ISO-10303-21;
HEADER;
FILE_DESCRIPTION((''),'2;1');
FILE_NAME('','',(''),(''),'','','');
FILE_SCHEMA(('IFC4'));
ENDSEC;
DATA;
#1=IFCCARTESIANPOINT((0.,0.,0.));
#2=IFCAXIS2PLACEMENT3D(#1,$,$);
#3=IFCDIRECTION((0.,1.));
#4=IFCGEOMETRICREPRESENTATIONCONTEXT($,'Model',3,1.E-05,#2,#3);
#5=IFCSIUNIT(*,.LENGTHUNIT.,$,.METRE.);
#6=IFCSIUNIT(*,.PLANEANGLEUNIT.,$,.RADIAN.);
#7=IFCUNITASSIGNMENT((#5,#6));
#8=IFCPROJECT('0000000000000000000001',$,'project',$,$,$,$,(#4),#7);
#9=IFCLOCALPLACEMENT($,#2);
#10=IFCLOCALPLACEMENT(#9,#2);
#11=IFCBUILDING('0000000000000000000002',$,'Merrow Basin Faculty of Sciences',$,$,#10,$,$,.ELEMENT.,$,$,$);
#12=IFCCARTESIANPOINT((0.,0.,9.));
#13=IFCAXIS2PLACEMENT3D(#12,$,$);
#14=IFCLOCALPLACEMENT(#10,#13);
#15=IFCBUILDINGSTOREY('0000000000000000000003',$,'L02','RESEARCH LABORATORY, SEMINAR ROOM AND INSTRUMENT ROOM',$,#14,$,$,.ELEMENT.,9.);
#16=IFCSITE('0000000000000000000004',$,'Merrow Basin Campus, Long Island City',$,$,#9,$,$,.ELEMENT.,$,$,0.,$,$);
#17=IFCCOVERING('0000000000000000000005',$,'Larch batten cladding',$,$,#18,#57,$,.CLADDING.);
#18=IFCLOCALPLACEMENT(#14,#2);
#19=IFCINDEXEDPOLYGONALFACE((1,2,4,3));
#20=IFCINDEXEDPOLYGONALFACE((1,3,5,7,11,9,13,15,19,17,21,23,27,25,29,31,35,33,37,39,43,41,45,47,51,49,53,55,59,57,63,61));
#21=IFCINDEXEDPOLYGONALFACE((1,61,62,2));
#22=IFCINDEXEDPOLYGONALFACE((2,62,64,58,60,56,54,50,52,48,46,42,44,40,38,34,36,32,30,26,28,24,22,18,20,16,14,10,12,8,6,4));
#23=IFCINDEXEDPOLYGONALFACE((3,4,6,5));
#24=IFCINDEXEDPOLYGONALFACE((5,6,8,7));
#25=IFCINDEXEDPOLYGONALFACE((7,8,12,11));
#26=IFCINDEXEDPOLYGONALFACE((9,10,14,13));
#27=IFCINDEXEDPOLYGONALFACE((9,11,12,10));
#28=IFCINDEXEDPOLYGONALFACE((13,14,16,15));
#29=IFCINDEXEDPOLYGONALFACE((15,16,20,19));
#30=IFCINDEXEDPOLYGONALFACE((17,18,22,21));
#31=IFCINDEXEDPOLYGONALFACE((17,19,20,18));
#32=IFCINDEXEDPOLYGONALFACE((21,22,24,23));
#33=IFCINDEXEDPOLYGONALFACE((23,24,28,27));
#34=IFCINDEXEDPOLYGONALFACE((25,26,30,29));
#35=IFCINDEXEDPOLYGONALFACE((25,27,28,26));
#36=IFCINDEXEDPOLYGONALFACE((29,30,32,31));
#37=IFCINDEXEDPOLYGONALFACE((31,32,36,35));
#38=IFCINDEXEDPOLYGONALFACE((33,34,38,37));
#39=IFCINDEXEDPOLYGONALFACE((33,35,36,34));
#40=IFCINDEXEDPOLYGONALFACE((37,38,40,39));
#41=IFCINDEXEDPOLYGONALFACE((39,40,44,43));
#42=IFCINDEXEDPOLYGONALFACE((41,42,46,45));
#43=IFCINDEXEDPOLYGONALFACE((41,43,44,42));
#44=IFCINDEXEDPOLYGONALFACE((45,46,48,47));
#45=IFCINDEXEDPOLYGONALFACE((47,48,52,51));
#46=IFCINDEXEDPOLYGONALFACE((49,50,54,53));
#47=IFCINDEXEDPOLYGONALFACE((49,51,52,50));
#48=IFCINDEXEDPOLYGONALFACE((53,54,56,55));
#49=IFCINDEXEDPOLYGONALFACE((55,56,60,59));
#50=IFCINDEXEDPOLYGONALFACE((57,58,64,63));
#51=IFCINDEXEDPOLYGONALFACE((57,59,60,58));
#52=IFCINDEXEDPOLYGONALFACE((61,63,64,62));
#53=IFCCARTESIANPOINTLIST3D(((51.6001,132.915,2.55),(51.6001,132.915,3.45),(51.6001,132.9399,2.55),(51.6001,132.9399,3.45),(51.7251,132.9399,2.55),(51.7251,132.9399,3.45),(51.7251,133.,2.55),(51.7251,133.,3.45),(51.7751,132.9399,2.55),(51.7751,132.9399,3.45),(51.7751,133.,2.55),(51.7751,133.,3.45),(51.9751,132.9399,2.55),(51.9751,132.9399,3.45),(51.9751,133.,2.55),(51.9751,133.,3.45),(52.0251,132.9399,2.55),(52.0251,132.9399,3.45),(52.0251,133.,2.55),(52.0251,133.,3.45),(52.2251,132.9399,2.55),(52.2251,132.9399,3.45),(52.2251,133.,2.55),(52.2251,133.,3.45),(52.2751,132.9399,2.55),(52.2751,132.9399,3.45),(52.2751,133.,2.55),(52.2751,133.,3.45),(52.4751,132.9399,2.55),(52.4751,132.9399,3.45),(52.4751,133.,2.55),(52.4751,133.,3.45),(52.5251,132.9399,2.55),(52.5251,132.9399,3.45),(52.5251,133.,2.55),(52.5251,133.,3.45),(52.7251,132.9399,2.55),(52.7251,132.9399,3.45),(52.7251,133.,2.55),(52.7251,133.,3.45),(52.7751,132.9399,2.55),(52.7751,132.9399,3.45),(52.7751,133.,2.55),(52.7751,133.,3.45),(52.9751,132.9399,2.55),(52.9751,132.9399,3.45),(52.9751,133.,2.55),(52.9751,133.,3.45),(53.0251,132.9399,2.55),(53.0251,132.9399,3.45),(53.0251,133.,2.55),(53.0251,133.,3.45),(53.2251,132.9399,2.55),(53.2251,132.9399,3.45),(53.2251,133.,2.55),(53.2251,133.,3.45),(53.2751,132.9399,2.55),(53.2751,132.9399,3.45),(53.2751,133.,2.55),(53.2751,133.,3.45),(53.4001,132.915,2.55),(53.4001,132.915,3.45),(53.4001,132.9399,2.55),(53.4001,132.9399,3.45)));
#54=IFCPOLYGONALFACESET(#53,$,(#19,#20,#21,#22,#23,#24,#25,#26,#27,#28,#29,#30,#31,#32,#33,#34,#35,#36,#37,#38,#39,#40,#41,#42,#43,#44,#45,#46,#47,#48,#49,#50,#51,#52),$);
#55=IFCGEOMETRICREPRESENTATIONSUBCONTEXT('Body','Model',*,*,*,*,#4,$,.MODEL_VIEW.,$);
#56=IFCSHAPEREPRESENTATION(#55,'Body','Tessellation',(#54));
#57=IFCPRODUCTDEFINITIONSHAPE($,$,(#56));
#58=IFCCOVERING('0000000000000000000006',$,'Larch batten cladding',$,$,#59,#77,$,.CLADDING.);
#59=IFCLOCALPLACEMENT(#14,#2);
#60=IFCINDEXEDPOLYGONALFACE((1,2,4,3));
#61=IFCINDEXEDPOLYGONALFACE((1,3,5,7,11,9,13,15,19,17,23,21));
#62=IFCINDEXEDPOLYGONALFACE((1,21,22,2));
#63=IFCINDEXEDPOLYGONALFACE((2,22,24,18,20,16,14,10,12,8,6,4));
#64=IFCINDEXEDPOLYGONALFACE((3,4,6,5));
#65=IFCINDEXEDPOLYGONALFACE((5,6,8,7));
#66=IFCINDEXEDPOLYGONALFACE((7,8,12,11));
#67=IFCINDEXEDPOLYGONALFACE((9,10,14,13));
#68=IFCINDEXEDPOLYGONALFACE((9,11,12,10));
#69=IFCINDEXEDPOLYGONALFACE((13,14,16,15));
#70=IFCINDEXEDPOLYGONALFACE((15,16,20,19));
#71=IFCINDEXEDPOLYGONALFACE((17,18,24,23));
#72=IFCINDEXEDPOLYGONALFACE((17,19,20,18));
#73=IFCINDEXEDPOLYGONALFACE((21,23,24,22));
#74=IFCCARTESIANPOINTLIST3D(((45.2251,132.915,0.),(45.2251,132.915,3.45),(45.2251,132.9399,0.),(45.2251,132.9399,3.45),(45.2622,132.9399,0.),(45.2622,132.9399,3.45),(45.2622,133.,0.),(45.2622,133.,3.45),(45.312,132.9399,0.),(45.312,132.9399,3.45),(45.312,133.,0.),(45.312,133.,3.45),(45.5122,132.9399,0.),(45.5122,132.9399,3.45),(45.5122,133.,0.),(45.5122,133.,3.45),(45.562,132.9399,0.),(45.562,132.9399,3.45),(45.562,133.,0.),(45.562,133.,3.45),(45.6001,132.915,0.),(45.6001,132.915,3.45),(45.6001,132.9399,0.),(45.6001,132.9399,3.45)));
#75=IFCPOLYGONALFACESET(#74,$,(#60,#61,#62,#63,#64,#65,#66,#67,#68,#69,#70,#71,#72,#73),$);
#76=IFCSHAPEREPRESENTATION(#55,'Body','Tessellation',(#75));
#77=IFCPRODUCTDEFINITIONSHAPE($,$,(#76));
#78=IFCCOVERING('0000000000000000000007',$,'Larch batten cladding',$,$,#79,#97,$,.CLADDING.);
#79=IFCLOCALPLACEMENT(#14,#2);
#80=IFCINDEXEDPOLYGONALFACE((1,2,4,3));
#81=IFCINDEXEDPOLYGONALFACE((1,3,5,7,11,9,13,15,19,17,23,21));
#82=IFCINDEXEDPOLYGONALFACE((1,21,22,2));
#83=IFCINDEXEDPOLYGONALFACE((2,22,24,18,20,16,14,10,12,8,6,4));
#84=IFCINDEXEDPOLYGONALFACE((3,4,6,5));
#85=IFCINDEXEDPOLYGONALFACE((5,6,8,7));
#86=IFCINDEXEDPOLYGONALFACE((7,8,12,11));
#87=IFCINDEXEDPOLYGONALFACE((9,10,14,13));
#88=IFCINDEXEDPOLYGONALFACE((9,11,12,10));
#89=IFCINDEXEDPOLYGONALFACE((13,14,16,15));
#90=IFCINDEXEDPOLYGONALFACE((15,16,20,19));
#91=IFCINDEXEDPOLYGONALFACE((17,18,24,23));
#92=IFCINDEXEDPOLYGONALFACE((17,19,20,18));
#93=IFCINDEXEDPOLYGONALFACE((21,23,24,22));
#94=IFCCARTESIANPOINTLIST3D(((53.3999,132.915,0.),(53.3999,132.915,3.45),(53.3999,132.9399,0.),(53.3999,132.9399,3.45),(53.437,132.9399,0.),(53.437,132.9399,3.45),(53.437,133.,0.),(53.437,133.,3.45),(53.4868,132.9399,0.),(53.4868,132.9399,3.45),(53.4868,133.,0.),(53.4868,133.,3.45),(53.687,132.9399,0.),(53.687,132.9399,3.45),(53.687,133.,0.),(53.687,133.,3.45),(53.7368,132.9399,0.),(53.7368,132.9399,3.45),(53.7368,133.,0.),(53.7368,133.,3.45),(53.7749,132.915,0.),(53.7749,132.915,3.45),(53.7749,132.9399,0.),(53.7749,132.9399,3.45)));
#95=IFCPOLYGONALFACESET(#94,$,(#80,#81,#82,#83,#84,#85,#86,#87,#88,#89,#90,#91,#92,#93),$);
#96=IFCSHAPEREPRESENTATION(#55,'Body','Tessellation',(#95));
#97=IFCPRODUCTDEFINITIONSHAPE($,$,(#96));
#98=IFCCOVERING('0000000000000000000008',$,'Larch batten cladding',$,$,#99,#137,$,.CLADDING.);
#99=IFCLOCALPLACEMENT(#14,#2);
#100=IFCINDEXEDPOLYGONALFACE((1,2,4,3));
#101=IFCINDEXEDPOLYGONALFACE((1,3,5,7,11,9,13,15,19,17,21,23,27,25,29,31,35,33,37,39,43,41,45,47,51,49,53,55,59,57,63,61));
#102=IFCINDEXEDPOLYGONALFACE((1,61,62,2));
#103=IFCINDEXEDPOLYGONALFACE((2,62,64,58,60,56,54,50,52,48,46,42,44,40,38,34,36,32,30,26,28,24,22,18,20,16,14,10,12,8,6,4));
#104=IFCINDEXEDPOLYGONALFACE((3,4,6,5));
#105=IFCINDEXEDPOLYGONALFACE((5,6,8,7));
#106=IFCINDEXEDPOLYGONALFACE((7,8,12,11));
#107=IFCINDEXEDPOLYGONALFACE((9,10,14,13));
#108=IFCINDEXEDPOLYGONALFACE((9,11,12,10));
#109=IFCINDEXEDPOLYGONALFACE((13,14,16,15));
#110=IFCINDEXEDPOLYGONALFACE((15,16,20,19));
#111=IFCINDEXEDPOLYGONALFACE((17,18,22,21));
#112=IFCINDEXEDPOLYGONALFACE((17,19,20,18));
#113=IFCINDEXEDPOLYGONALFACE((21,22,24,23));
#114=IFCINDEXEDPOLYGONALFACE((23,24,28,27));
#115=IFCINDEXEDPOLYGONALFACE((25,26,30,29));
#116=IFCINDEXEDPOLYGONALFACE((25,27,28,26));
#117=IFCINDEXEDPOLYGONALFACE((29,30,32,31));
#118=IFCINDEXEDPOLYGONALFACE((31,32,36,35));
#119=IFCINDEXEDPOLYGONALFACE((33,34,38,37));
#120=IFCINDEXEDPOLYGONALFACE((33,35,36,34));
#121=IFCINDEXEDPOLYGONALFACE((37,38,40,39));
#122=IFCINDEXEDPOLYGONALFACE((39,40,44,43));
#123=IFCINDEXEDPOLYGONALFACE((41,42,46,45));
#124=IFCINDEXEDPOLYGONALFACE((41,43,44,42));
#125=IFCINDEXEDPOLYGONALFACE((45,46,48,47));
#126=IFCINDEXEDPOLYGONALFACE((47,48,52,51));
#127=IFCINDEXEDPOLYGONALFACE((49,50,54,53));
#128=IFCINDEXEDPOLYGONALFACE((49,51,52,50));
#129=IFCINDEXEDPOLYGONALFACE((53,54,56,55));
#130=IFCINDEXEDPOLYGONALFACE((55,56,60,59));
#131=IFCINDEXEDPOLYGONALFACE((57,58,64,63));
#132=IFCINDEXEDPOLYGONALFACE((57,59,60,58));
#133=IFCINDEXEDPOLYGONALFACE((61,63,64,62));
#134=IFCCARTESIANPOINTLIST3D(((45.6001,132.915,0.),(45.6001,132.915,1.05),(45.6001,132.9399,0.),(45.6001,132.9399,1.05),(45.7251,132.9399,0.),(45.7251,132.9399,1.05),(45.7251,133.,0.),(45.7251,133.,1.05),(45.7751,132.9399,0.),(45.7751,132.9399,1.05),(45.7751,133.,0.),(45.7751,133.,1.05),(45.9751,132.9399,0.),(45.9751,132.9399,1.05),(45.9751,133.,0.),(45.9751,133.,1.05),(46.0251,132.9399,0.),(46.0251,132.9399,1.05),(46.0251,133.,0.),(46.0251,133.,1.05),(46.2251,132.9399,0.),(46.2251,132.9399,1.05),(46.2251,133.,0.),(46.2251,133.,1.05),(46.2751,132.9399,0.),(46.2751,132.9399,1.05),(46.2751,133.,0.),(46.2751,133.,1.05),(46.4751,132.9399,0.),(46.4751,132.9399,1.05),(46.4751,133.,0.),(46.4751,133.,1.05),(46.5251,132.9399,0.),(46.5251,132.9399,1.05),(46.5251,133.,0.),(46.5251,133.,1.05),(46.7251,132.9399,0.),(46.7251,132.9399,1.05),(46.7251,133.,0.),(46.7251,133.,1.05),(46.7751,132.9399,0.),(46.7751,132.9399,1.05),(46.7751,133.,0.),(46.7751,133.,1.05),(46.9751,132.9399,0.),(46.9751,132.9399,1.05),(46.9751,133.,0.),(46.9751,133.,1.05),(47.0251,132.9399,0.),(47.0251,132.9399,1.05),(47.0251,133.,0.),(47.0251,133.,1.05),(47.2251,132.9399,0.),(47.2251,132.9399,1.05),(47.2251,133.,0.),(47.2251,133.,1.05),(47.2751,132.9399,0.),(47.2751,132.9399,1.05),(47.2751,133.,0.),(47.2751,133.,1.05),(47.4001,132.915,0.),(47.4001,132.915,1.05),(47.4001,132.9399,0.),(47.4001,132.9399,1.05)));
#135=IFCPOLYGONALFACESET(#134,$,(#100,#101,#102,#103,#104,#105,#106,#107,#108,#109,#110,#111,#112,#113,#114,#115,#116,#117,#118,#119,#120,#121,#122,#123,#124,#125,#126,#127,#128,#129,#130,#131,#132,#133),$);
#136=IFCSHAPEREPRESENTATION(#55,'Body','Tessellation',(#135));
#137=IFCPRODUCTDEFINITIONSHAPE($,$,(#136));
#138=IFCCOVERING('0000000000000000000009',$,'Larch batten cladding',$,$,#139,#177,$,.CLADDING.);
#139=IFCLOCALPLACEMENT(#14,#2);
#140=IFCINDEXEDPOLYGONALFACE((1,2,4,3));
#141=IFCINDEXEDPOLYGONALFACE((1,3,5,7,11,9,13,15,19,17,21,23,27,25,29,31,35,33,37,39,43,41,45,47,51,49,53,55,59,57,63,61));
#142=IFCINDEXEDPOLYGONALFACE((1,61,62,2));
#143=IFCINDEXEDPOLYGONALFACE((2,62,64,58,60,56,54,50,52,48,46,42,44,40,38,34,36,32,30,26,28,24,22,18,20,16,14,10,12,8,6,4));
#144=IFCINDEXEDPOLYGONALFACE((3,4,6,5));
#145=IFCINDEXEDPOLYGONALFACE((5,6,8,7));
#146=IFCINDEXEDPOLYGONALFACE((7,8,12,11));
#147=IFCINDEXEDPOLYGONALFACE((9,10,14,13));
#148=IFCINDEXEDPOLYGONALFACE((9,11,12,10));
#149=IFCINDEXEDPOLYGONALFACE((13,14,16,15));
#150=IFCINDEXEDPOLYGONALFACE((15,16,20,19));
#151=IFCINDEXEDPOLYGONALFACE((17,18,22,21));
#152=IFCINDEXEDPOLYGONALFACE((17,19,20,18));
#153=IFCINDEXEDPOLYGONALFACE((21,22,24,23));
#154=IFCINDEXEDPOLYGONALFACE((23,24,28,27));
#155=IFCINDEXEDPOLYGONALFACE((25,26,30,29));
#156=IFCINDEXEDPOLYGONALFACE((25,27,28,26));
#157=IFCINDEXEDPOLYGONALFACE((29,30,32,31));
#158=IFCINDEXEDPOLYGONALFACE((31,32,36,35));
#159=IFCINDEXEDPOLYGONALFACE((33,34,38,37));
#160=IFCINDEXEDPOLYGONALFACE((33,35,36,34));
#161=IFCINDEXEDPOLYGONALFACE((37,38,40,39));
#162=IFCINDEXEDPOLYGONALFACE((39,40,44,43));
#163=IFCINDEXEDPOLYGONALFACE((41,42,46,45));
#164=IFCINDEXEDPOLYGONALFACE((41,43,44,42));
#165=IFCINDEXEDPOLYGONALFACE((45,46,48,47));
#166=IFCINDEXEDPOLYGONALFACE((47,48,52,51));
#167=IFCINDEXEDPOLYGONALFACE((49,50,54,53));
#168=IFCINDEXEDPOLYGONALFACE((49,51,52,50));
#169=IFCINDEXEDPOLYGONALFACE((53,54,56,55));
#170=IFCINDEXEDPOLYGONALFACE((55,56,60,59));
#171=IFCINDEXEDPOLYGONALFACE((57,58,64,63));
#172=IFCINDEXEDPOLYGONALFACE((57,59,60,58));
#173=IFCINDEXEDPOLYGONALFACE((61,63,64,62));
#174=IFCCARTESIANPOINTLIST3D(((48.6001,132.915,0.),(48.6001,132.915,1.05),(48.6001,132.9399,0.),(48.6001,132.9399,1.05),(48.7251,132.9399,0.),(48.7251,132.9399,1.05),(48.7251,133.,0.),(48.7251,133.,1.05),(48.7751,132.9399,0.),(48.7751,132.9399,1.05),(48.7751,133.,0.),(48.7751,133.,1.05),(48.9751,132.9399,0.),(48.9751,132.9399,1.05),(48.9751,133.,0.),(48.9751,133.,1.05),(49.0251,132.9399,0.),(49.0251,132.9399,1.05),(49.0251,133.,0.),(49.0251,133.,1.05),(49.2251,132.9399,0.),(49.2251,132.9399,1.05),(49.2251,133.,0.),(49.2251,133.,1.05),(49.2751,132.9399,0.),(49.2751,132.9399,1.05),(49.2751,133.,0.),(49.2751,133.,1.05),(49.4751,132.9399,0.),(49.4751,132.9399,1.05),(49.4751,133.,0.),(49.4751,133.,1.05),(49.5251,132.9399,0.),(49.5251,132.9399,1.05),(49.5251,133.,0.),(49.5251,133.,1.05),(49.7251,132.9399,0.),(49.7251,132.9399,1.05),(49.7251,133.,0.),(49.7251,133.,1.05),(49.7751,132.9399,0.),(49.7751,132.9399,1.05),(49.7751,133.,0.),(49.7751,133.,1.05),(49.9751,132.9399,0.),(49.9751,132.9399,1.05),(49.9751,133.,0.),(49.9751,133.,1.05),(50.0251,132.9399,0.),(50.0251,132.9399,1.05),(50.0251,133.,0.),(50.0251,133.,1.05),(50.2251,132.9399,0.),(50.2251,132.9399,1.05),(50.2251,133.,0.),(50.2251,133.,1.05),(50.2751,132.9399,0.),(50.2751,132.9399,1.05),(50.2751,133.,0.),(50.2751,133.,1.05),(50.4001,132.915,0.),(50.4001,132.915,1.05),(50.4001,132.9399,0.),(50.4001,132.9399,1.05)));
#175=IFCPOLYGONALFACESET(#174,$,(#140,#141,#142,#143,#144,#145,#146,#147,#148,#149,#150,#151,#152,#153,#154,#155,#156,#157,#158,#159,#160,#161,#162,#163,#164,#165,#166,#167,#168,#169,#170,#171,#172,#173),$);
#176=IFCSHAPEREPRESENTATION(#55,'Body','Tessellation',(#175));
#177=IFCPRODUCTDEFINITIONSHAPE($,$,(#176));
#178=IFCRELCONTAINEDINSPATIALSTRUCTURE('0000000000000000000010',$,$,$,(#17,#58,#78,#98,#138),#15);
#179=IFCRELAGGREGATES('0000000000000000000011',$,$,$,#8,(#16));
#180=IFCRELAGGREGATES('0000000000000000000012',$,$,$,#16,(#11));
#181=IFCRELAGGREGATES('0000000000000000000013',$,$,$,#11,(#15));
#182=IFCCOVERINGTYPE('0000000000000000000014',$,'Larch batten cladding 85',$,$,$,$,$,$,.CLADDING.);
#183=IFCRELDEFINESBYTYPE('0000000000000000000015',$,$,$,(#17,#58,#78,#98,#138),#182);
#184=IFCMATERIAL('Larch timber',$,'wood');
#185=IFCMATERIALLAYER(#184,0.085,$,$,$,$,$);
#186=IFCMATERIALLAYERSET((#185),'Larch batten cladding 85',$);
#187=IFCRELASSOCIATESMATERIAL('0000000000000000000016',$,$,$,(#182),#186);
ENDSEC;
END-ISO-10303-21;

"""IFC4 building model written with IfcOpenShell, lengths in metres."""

from ifc_helpers import new_model, si_unit, direction, frame, origin, place, context, subcontext, project, spatial, polyline, outline, extrude, source, transform, mapped, material, layer, layer_set, type_object, element, save


model = new_model("IFC4")

# Units and contexts
model_context = context("Model", 3, precision=1e-05, world=origin(), true_north=direction((0.0, 1.0)))
body_context = subcontext(model_context, "Body", "Model", "MODEL_VIEW")
ifc_project = project(units=[si_unit("LENGTHUNIT", "METRE"), si_unit("PLANEANGLEUNIT", "RADIAN")], contexts=[model_context])

# Site, building, storey
site_placement = place(None, origin())
site = spatial("IfcSite", under=ifc_project, at=site_placement, Name="Merrow Basin Campus, Long Island City", CompositionType="ELEMENT", RefElevation=0.0)
building_placement = place(site_placement, origin())
building = spatial("IfcBuilding", under=site, at=building_placement, Name="Merrow Basin Faculty of Sciences", CompositionType="ELEMENT")
storey_placement = place(building_placement, frame((0.0, 0.0, 9.0)))
storey = spatial("IfcBuildingStorey", under=building, at=storey_placement, Name="L02", Description="RESEARCH LABORATORY, SEMINAR ROOM AND INSTRUMENT ROOM", CompositionType="ELEMENT", Elevation=9.0)

# Coverings
ifc_material_1 = material(Name="Larch timber", Category="wood")
ifc_layer_1 = layer(ifc_material_1, 0.085)
ifc_layer_set_1 = layer_set([ifc_layer_1], Name="Larch batten cladding 85")
covering_type = type_object("IfcCoveringType", Name="Larch batten cladding 85", PredefinedType="CLADDING", material=ifc_layer_set_1)
shared_shape_1 = source(origin(), body_context, "Body", "SweptSolid", [
    extrude(outline(polyline([(0.0, 0.0), (1.8, 0.0), (1.8, 0.0249), (1.675, 0.0249), (1.675, 0.085), (1.625, 0.085), (1.625, 0.0249), (1.425, 0.0249), (1.425, 0.085), (1.375, 0.085), (1.375, 0.0249), (1.175, 0.0249), (1.175, 0.085), (1.125, 0.085), (1.125, 0.0249), (0.925, 0.0249), (0.925, 0.085), (0.875, 0.085), (0.875, 0.0249), (0.675, 0.0249), (0.675, 0.085), (0.625, 0.085), (0.625, 0.0249), (0.425, 0.0249), (0.425, 0.085), (0.375, 0.085), (0.375, 0.0249), (0.175, 0.0249), (0.175, 0.085), (0.125, 0.085), (0.125, 0.0249), (0.0, 0.0249), (0.0, 0.0)])), origin(), (0.0, 0.0, 1.0), 0.8999),
])
for number, where, z_axis, x_axis, name in (
    (1, (51.6001, 132.915, 2.55), (0.0, 0.0, 1.0), (1.0, 0.0, 0.0), "Larch batten cladding"),
):
    element("IfcCovering", number, at=place(storey_placement, frame(where, z_axis=z_axis, x_axis=x_axis)), inside=storey, type_object=covering_type, Name=name, PredefinedType="CLADDING", context=body_context, shape_type="MappedRepresentation", body=[
        mapped(shared_shape_1, transform((0.0, 0.0, 0.0), scale=1.0)),
    ])
shared_shape_2 = source(origin(), body_context, "Body", "SweptSolid", [
    extrude(outline(polyline([(0.0, 0.0), (0.375, 0.0), (0.375, 0.0249), (0.3369, 0.0249), (0.3369, 0.085), (0.2871, 0.085), (0.2871, 0.0249), (0.0869, 0.0249), (0.0869, 0.085), (0.0371, 0.085), (0.0371, 0.0249), (0.0, 0.0249), (0.0, 0.0)])), origin(), (0.0, 0.0, 1.0), 3.45),
])
for number, where, z_axis, x_axis, name in (
    (2, (45.2251, 132.915, 0.0), (0.0, 0.0, 1.0), (1.0, 0.0, 0.0), "Larch batten cladding"),
    (3, (53.3999, 132.915, 0.0), (0.0, 0.0, 1.0), (1.0, 0.0, 0.0), "Larch batten cladding"),
):
    element("IfcCovering", number, at=place(storey_placement, frame(where, z_axis=z_axis, x_axis=x_axis)), inside=storey, type_object=covering_type, Name=name, PredefinedType="CLADDING", context=body_context, shape_type="MappedRepresentation", body=[
        mapped(shared_shape_2, transform((0.0, 0.0, 0.0), scale=1.0)),
    ])
shared_shape_3 = source(origin(), body_context, "Body", "SweptSolid", [
    extrude(outline(polyline([(0.0, 0.0), (1.8, 0.0), (1.8, 0.0249), (1.675, 0.0249), (1.675, 0.085), (1.625, 0.085), (1.625, 0.0249), (1.425, 0.0249), (1.425, 0.085), (1.375, 0.085), (1.375, 0.0249), (1.175, 0.0249), (1.175, 0.085), (1.125, 0.085), (1.125, 0.0249), (0.925, 0.0249), (0.925, 0.085), (0.875, 0.085), (0.875, 0.0249), (0.675, 0.0249), (0.675, 0.085), (0.625, 0.085), (0.625, 0.0249), (0.425, 0.0249), (0.425, 0.085), (0.375, 0.085), (0.375, 0.0249), (0.175, 0.0249), (0.175, 0.085), (0.125, 0.085), (0.125, 0.0249), (0.0, 0.0249), (0.0, 0.0)])), origin(), (0.0, 0.0, 1.0), 1.05),
])
for number, where, z_axis, x_axis, name in (
    (4, (45.6001, 132.915, 0.0), (0.0, 0.0, 1.0), (1.0, 0.0, 0.0), "Larch batten cladding"),
    (5, (48.6001, 132.915, 0.0), (0.0, 0.0, 1.0), (1.0, 0.0, 0.0), "Larch batten cladding"),
):
    element("IfcCovering", number, at=place(storey_placement, frame(where, z_axis=z_axis, x_axis=x_axis)), inside=storey, type_object=covering_type, Name=name, PredefinedType="CLADDING", context=body_context, shape_type="MappedRepresentation", body=[
        mapped(shared_shape_3, transform((0.0, 0.0, 0.0), scale=1.0)),
    ])

save(model, "model.ifc")
